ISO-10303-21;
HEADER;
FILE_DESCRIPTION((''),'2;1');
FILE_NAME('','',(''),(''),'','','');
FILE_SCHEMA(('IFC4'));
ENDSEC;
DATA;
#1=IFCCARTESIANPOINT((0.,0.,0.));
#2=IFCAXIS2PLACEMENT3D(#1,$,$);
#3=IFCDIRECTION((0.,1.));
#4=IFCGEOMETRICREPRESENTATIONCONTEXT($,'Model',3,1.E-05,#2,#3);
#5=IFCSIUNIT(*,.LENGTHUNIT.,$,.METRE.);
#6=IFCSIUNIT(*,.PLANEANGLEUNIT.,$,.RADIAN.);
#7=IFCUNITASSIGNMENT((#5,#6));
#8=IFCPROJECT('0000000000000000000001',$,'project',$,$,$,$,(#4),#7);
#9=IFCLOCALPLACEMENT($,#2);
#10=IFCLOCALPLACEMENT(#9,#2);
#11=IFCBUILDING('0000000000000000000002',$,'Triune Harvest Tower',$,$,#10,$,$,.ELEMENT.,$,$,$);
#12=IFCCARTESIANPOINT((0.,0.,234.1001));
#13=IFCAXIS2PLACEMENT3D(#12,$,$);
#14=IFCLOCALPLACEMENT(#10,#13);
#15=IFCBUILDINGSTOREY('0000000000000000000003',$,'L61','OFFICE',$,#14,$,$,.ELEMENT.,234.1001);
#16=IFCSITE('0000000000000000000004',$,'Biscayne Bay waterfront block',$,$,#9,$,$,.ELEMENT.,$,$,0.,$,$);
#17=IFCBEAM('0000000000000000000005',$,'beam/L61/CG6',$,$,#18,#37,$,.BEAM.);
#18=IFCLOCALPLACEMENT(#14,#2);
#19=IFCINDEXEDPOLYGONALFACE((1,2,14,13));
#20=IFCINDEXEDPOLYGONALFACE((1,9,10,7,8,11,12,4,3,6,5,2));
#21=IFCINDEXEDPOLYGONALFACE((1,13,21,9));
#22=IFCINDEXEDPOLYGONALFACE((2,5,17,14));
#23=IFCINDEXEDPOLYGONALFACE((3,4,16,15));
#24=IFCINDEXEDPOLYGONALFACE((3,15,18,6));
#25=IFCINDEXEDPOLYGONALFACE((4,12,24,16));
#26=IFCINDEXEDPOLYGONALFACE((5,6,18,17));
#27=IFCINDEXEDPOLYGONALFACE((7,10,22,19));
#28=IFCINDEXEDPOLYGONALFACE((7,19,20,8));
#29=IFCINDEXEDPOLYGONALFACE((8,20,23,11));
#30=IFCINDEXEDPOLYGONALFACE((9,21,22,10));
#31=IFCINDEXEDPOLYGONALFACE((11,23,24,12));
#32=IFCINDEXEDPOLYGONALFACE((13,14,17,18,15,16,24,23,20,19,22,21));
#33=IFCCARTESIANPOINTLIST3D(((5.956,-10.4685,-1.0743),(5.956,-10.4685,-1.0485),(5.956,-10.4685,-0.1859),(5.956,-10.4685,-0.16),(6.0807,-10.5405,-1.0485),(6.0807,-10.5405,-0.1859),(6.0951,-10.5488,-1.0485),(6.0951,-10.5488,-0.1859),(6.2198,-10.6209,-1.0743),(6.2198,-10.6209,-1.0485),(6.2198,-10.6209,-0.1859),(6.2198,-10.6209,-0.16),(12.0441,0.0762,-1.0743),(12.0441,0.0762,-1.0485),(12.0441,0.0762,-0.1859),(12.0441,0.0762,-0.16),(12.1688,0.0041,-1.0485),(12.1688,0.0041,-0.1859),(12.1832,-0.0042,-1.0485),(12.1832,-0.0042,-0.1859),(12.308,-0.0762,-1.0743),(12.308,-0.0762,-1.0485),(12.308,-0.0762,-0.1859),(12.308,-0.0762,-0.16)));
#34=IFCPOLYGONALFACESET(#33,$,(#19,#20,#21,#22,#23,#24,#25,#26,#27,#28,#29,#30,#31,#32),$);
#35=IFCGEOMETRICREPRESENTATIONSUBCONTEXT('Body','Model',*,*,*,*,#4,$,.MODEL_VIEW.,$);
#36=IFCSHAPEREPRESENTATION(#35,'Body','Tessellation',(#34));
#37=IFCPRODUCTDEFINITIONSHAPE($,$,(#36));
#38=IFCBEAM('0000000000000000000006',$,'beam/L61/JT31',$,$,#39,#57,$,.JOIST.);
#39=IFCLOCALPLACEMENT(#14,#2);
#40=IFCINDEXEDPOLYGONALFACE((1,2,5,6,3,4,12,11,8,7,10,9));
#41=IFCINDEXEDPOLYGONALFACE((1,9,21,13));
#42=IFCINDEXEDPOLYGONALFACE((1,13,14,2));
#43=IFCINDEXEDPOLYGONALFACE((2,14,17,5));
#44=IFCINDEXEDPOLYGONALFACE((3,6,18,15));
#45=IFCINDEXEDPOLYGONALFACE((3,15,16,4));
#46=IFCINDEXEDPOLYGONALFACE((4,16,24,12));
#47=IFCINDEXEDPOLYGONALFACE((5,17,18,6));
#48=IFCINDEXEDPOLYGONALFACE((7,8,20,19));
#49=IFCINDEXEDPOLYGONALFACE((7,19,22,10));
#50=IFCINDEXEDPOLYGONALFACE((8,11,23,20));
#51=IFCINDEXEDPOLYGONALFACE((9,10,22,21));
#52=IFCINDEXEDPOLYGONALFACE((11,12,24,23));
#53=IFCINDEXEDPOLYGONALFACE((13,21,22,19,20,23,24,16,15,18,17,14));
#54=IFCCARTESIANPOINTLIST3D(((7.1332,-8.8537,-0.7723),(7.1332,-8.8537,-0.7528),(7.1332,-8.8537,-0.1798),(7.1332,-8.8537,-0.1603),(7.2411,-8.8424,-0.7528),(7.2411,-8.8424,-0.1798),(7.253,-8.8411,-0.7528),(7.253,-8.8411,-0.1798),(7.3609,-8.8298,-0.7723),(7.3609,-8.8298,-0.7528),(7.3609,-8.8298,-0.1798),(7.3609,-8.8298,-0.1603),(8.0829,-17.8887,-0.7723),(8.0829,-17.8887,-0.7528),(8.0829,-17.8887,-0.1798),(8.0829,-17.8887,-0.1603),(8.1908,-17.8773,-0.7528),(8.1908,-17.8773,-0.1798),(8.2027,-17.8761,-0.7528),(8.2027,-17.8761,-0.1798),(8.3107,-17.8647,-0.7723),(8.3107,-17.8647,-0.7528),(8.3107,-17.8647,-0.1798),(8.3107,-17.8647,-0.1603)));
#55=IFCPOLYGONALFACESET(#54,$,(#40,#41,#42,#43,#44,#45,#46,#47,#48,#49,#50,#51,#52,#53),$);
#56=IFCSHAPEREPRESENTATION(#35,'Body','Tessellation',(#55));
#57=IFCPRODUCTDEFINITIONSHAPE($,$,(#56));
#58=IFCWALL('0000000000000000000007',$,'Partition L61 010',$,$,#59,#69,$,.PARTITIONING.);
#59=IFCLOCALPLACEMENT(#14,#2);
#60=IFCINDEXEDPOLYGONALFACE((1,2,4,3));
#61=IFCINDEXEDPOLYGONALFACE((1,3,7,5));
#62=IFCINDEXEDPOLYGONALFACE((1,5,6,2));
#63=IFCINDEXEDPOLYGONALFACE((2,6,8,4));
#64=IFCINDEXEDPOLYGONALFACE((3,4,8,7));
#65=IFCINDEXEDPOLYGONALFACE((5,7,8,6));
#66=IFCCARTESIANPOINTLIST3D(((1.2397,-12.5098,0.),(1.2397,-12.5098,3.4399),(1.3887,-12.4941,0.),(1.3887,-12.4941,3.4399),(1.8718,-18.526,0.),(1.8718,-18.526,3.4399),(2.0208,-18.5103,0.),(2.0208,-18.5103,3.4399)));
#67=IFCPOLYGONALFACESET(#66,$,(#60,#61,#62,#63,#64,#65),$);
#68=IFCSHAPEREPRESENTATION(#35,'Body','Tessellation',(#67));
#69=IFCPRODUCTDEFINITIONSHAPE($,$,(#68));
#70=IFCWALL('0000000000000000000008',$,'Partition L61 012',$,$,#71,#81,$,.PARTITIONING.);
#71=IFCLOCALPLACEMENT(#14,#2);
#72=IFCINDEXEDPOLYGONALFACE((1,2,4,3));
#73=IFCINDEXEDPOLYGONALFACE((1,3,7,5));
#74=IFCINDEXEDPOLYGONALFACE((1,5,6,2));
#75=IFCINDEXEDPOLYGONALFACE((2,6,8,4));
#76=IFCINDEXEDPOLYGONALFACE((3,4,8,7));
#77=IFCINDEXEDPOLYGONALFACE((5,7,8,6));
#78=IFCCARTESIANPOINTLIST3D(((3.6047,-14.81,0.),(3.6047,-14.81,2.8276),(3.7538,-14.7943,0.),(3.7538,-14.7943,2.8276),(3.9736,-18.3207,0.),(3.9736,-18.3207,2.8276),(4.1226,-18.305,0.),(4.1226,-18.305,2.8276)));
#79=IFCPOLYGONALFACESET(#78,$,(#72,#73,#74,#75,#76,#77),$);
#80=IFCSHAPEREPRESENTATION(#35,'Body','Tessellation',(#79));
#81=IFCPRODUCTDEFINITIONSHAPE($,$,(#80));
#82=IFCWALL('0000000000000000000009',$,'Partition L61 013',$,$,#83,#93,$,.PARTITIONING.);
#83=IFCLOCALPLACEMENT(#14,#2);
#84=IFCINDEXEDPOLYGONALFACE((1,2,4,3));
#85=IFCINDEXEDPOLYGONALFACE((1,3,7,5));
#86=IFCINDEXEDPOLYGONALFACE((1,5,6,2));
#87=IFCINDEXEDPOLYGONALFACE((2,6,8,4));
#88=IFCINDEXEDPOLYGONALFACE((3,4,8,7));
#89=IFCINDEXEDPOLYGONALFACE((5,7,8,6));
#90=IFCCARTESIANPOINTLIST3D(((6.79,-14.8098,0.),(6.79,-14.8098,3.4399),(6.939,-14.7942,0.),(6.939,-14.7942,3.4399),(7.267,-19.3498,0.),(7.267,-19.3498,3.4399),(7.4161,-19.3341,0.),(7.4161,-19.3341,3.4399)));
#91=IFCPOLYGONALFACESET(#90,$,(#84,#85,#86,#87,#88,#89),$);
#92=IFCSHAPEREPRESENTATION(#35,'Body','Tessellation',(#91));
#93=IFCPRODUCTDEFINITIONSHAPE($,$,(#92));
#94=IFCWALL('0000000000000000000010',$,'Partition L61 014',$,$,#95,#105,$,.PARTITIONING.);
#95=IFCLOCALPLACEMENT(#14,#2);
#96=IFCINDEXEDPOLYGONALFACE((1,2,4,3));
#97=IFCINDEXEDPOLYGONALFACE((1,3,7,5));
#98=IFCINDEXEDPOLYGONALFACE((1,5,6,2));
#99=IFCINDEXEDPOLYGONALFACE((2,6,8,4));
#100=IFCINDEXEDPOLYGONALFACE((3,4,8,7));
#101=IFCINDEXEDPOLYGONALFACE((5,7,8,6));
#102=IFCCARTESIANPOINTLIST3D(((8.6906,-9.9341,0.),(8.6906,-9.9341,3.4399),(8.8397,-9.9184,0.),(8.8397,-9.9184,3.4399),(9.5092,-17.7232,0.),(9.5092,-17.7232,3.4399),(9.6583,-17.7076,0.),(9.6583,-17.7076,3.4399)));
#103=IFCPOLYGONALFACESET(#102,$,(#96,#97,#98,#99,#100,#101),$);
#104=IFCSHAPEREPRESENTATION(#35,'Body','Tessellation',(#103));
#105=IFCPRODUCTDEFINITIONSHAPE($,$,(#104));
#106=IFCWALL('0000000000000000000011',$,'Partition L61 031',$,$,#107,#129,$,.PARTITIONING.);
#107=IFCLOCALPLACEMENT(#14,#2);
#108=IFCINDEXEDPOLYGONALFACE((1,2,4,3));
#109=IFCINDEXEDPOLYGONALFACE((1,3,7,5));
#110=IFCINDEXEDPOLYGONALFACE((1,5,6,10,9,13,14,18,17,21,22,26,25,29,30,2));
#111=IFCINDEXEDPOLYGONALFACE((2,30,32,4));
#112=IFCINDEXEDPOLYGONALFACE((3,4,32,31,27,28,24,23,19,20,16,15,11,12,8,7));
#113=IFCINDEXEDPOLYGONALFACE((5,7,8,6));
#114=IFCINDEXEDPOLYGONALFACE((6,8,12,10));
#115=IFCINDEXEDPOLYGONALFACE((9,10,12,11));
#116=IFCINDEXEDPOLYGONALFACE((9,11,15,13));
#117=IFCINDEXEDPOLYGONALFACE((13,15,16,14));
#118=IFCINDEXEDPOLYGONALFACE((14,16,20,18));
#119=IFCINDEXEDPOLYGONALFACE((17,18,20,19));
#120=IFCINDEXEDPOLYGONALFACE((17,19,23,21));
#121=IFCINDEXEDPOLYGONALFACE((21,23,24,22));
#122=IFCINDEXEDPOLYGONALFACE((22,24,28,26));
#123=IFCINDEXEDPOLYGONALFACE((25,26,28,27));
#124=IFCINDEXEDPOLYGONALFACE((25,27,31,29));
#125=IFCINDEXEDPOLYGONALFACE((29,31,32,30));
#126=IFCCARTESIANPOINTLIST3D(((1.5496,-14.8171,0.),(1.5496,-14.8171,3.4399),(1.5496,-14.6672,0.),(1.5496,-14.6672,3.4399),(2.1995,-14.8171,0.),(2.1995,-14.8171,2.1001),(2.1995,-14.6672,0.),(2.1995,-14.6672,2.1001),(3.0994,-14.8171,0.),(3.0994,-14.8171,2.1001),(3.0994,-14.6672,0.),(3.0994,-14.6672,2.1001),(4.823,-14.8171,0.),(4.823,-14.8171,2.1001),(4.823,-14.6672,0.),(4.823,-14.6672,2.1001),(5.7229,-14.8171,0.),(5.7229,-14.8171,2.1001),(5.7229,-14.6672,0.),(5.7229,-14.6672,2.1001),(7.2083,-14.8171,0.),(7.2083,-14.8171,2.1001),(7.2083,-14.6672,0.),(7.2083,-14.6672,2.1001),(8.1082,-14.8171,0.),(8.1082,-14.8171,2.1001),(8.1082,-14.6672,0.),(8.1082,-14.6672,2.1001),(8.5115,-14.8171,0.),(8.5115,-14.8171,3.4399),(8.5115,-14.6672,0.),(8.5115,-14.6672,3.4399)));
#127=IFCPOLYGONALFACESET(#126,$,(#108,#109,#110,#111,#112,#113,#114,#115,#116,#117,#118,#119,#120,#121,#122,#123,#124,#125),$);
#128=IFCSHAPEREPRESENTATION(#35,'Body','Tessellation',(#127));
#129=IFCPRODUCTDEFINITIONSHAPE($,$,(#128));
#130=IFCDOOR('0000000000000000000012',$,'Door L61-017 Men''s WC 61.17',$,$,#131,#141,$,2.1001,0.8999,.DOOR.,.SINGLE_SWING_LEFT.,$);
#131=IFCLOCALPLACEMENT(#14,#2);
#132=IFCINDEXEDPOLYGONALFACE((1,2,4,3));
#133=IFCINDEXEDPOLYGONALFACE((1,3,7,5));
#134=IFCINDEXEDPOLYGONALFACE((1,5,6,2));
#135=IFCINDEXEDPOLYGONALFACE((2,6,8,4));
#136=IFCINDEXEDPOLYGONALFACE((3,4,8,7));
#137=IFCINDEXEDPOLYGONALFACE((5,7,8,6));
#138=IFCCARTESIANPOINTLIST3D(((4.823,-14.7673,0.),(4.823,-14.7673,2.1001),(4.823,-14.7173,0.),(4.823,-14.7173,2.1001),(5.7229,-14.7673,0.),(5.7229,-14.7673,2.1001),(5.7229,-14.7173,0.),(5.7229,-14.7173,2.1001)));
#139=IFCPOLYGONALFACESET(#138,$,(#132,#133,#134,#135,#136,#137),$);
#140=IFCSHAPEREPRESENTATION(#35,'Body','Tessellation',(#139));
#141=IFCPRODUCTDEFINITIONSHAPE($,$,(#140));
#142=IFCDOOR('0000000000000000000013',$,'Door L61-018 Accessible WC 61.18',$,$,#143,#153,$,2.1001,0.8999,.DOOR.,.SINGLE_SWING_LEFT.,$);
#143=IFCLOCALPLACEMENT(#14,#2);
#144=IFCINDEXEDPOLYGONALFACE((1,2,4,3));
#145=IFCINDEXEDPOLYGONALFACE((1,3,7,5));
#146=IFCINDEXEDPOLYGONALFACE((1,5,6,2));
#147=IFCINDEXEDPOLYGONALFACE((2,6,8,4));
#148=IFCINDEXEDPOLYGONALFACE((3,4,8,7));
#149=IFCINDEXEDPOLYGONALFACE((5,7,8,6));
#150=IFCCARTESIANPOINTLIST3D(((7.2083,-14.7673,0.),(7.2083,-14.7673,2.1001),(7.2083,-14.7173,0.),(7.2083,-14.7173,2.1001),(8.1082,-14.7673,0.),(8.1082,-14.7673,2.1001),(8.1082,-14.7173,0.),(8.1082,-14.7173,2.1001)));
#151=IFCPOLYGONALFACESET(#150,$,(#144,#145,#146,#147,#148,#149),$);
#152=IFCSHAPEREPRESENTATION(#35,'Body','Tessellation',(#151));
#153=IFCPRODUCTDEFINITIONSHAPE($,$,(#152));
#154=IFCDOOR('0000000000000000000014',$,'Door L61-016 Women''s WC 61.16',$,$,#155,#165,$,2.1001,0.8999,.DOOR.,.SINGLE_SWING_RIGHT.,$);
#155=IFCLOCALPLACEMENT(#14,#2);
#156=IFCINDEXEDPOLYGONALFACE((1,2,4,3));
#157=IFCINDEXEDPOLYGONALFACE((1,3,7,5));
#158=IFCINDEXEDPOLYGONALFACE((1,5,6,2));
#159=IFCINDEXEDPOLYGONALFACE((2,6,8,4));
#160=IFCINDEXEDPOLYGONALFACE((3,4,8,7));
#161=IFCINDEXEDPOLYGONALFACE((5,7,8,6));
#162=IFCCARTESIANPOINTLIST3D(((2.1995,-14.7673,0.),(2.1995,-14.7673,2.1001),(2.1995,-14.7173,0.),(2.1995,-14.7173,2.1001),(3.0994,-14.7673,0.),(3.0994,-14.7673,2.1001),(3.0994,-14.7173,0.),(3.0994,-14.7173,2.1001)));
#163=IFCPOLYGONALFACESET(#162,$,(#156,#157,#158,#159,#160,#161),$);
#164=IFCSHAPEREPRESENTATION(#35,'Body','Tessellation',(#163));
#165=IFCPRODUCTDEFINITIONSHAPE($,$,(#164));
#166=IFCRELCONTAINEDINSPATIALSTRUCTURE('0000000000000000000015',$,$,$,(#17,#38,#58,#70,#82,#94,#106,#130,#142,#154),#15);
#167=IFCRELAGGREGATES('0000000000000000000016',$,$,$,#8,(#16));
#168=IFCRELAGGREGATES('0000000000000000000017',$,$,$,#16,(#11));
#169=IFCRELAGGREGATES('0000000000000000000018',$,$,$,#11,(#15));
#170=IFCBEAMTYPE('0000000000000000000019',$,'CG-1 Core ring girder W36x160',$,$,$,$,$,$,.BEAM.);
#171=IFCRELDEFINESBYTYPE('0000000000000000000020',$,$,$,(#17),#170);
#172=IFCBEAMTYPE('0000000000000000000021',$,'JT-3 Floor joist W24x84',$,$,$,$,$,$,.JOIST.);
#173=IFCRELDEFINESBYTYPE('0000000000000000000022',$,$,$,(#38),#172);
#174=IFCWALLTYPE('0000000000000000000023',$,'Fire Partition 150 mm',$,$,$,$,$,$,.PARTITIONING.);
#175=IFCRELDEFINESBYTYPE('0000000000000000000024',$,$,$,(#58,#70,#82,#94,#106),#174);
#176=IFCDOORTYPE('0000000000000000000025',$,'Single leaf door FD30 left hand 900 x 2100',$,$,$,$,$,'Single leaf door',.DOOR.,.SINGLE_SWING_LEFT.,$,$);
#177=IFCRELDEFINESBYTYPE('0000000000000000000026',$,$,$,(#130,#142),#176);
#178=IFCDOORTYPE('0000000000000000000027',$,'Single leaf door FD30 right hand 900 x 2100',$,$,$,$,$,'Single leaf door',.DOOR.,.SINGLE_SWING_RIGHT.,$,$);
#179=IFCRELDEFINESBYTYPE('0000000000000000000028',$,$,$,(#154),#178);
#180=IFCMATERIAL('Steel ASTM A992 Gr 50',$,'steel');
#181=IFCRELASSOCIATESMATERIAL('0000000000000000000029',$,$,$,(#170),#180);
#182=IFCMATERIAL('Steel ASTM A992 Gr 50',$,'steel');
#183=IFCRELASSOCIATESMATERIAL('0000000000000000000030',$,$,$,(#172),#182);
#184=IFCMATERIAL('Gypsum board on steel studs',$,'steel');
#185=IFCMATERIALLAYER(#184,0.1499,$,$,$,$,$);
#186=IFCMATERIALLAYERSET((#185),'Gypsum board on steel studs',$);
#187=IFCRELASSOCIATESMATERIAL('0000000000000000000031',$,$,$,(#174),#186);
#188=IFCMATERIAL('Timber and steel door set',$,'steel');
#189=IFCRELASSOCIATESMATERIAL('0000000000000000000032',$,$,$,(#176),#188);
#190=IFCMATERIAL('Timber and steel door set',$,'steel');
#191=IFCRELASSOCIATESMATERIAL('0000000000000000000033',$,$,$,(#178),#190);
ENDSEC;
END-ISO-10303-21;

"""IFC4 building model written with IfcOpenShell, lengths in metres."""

from ifc_helpers import new_model, si_unit, direction, frame, frame_2d, origin, origin_2d, place, context, subcontext, project, spatial, rectangle, i_section, extrude, source, transform, mapped, material, layer, layer_set, material_profile, profile_set, type_object, element, fill, save


model = new_model("IFC4")

# Units and contexts
model_context = context("Model", 3, precision=1e-05, world=origin(), true_north=direction((0.0, 1.0)))
body_context = subcontext(model_context, "Body", "Model", "MODEL_VIEW")
ifc_project = project(units=[si_unit("LENGTHUNIT", "METRE"), si_unit("PLANEANGLEUNIT", "RADIAN")], contexts=[model_context])

# Site, building, storey
site_placement = place(None, origin())
site = spatial("IfcSite", under=ifc_project, at=site_placement, Name="Biscayne Bay waterfront block", CompositionType="ELEMENT", RefElevation=0.0)
building_placement = place(site_placement, origin())
building = spatial("IfcBuilding", under=site, at=building_placement, Name="Triune Harvest Tower", CompositionType="ELEMENT")
storey_placement = place(building_placement, frame((0.0, 0.0, 234.1001)))
storey = spatial("IfcBuildingStorey", under=building, at=storey_placement, Name="L61", Description="OFFICE", CompositionType="ELEMENT", Elevation=234.1001)

# Beams
ifc_material_1 = material(Name="Steel ASTM A992 Gr 50", Category="steel")
ifc_material_profile_1 = material_profile(ifc_material_1, i_section(OverallWidth=0.3047, OverallDepth=0.9143, WebThickness=0.0166, FlangeThickness=0.0259, at=origin_2d()), Name="W36x160")
ifc_profile_set_1 = profile_set([ifc_material_profile_1], Name="Steel ASTM A992 Gr 50")
beam_type_1 = type_object("IfcBeamType", Name="CG-1 Core ring girder W36x160", PredefinedType="BEAM", material=ifc_profile_set_1)
shared_shape_1 = source(origin(), body_context, "Body", "SweptSolid", [
    extrude(i_section(OverallWidth=0.3047, OverallDepth=0.9143, WebThickness=0.0166, FlangeThickness=0.0259, at=origin_2d()), origin(), (0.0, 0.0, 1.0), 12.176),
])
beam_1_placement = place(storey_placement, frame((6.0879, -10.5447, -0.6172), z_axis=(0.50001, 0.86602, 0.0), x_axis=(-0.86602, 0.50001, 0.0)))
element("IfcBeam", 1, at=beam_1_placement, inside=storey, type_object=beam_type_1, Name="beam/L61/CG6", PredefinedType="BEAM", context=body_context, shape_type="MappedRepresentation", body=[
    mapped(shared_shape_1, transform((0.0, 0.0, 0.0), scale=1.0)),
])
ifc_material_2 = material(Name="Steel ASTM A992 Gr 50", Category="steel")
ifc_material_profile_2 = material_profile(ifc_material_2, i_section(OverallWidth=0.229, OverallDepth=0.6121, WebThickness=0.012, FlangeThickness=0.0195, at=origin_2d()), Name="W24x84")
ifc_profile_set_2 = profile_set([ifc_material_profile_2], Name="Steel ASTM A992 Gr 50")
beam_type_2 = type_object("IfcBeamType", Name="JT-3 Floor joist W24x84", PredefinedType="JOIST", material=ifc_profile_set_2)
shared_shape_2 = source(origin(), body_context, "Body", "SweptSolid", [
    extrude(i_section(OverallWidth=0.229, OverallDepth=0.6121, WebThickness=0.012, FlangeThickness=0.0195, at=origin_2d()), origin(), (0.0, 0.0, 1.0), 9.0847),
])
beam_2_placement = place(storey_placement, frame((8.1968, -17.8767, -0.4663), z_axis=(-0.104539, 0.994521, 0.0), x_axis=(-0.994521, -0.104539, 0.0)))
element("IfcBeam", 2, at=beam_2_placement, inside=storey, type_object=beam_type_2, Name="beam/L61/JT31", PredefinedType="JOIST", context=body_context, shape_type="MappedRepresentation", body=[
    mapped(shared_shape_2, transform((0.0, 0.0, 0.0), scale=1.0)),
])

# Walls
ifc_material_3 = material(Name="Gypsum board on steel studs", Category="steel")
ifc_layer_1 = layer(ifc_material_3, 0.1499)
ifc_layer_set_1 = layer_set([ifc_layer_1], Name="Gypsum board on steel studs")
wall_type_1 = type_object("IfcWallType", Name="Fire Partition 150 mm", PredefinedType="PARTITIONING", material=ifc_layer_set_1)
wall_1_placement = place(storey_placement, frame((1.3142, -12.502, 0.0), z_axis=(0.0, 0.0, 1.0), x_axis=(0.104489, -0.994526, 0.0)))
element("IfcWall", 3, at=wall_1_placement, inside=storey, type_object=wall_type_1, Name="Partition L61 010", PredefinedType="PARTITIONING", context=body_context, shape_type="SweptSolid", body=[
    extrude(rectangle(XDim=6.0493, YDim=0.1499, at=frame_2d((3.0247, 0.0))), origin(), (0.0, 0.0, 1.0), 3.4399),
])
wall_2_placement = place(storey_placement, frame((3.6792, -14.802, 0.0), z_axis=(0.0, 0.0, 1.0), x_axis=(0.104501, -0.994525, 0.0)))
element("IfcWall", 4, at=wall_2_placement, inside=storey, type_object=wall_type_1, Name="Partition L61 012", PredefinedType="PARTITIONING", context=body_context, shape_type="SweptSolid", body=[
    extrude(rectangle(XDim=3.53, YDim=0.1499, at=frame_2d((1.7651, 0.0))), origin(), (0.0, 0.0, 1.0), 2.8276),
])
wall_3_placement = place(storey_placement, frame((6.8645, -14.802, 0.0), z_axis=(0.0, 0.0, 1.0), x_axis=(0.104501, -0.994525, 0.0)))
element("IfcWall", 5, at=wall_3_placement, inside=storey, type_object=wall_type_1, Name="Partition L61 013", PredefinedType="PARTITIONING", context=body_context, shape_type="SweptSolid", body=[
    extrude(rectangle(XDim=4.5649, YDim=0.1499, at=frame_2d((2.2825, 0.0))), origin(), (0.0, 0.0, 1.0), 3.4399),
])
wall_4_placement = place(storey_placement, frame((8.7651, -9.9263, 0.0), z_axis=(0.0, 0.0, 1.0), x_axis=(0.104521, -0.994523, 0.0)))
element("IfcWall", 6, at=wall_4_placement, inside=storey, type_object=wall_type_1, Name="Partition L61 014", PredefinedType="PARTITIONING", context=body_context, shape_type="SweptSolid", body=[
    extrude(rectangle(XDim=7.832, YDim=0.1499, at=frame_2d((3.916, 0.0))), origin(), (0.0, 0.0, 1.0), 3.4399),
])

# Wall, openings, doors
wall_5_placement = place(storey_placement, frame((1.5496, -14.7422, 0.0), z_axis=(0.0, 0.0, 1.0), x_axis=(1.0, 0.0, 0.0)))
wall_5 = element("IfcWall", 7, at=wall_5_placement, inside=storey, type_object=wall_type_1, Name="Partition L61 031", PredefinedType="PARTITIONING", context=body_context, shape_type="SweptSolid", body=[
    extrude(rectangle(XDim=6.9619, YDim=0.1499, at=frame_2d((3.481, 0.0))), origin(), (0.0, 0.0, 1.0), 3.4399),
])
opening_1_placement = place(wall_5_placement, frame((0.6499, 0.0, 0.0)))
opening_1 = element("IfcOpeningElement", 8, at=opening_1_placement, cuts=wall_5, PredefinedType="OPENING", context=body_context, shape_type="SweptSolid", body=[
    extrude(rectangle(XDim=0.8999, YDim=2.1001, at=frame_2d((0.45, 1.05))), frame((0.0, 0.085, 0.0), z_axis=(0.0, -1.0, 0.0), x_axis=(1.0, 0.0, 0.0)), (0.0, 0.0, 1.0), 0.1699),
])
opening_2_placement = place(wall_5_placement, frame((3.2734, 0.0, 0.0)))
opening_2 = element("IfcOpeningElement", 9, at=opening_2_placement, cuts=wall_5, PredefinedType="OPENING", context=body_context, shape_type="SweptSolid", body=[
    extrude(rectangle(XDim=0.8999, YDim=2.1001, at=frame_2d((0.45, 1.05))), frame((0.0, 0.085, 0.0), z_axis=(0.0, -1.0, 0.0), x_axis=(1.0, 0.0, 0.0)), (0.0, 0.0, 1.0), 0.1699),
])
opening_3_placement = place(wall_5_placement, frame((5.6587, 0.0, 0.0)))
opening_3 = element("IfcOpeningElement", 10, at=opening_3_placement, cuts=wall_5, PredefinedType="OPENING", context=body_context, shape_type="SweptSolid", body=[
    extrude(rectangle(XDim=0.8999, YDim=2.1001, at=frame_2d((0.45, 1.05))), frame((0.0, 0.085, 0.0), z_axis=(0.0, -1.0, 0.0), x_axis=(1.0, 0.0, 0.0)), (0.0, 0.0, 1.0), 0.1699),
])
ifc_material_4 = material(Name="Timber and steel door set", Category="steel")
door_type_1 = type_object("IfcDoorType", Name="Single leaf door FD30 left hand 900 x 2100", ElementType="Single leaf door", OperationType="SINGLE_SWING_LEFT", PredefinedType="DOOR", material=ifc_material_4)
door_1_placement = place(opening_2_placement, origin())
door_1 = element("IfcDoor", 11, at=door_1_placement, inside=storey, type_object=door_type_1, Name="Door L61-017 Men's WC 61.17", OperationType="SINGLE_SWING_LEFT", OverallHeight=2.1001, OverallWidth=0.8999, PredefinedType="DOOR", context=body_context, shape_type="SweptSolid", body=[
    extrude(rectangle(XDim=0.8999, YDim=2.1001, at=frame_2d((0.45, 1.05))), frame((0.0, 0.0249, 0.0), z_axis=(0.0, -1.0, 0.0), x_axis=(1.0, 0.0, 0.0)), (0.0, 0.0, 1.0), 0.05),
])
fill(opening_2, door_1)
door_2_placement = place(opening_3_placement, origin())
door_2 = element("IfcDoor", 12, at=door_2_placement, inside=storey, type_object=door_type_1, Name="Door L61-018 Accessible WC 61.18", OperationType="SINGLE_SWING_LEFT", OverallHeight=2.1001, OverallWidth=0.8999, PredefinedType="DOOR", context=body_context, shape_type="SweptSolid", body=[
    extrude(rectangle(XDim=0.8999, YDim=2.1001, at=frame_2d((0.45, 1.05))), frame((0.0, 0.0249, 0.0), z_axis=(0.0, -1.0, 0.0), x_axis=(1.0, 0.0, 0.0)), (0.0, 0.0, 1.0), 0.05),
])
fill(opening_3, door_2)
ifc_material_5 = material(Name="Timber and steel door set", Category="steel")
door_type_2 = type_object("IfcDoorType", Name="Single leaf door FD30 right hand 900 x 2100", ElementType="Single leaf door", OperationType="SINGLE_SWING_RIGHT", PredefinedType="DOOR", material=ifc_material_5)
door_3_placement = place(opening_1_placement, origin())
door_3 = element("IfcDoor", 13, at=door_3_placement, inside=storey, type_object=door_type_2, Name="Door L61-016 Women's WC 61.16", OperationType="SINGLE_SWING_RIGHT", OverallHeight=2.1001, OverallWidth=0.8999, PredefinedType="DOOR", context=body_context, shape_type="SweptSolid", body=[
    extrude(rectangle(XDim=0.8999, YDim=2.1001, at=frame_2d((0.45, 1.05))), frame((0.0, 0.0249, 0.0), z_axis=(0.0, -1.0, 0.0), x_axis=(1.0, 0.0, 0.0)), (0.0, 0.0, 1.0), 0.05),
])
fill(opening_1, door_3)

save(model, "model.ifc")
